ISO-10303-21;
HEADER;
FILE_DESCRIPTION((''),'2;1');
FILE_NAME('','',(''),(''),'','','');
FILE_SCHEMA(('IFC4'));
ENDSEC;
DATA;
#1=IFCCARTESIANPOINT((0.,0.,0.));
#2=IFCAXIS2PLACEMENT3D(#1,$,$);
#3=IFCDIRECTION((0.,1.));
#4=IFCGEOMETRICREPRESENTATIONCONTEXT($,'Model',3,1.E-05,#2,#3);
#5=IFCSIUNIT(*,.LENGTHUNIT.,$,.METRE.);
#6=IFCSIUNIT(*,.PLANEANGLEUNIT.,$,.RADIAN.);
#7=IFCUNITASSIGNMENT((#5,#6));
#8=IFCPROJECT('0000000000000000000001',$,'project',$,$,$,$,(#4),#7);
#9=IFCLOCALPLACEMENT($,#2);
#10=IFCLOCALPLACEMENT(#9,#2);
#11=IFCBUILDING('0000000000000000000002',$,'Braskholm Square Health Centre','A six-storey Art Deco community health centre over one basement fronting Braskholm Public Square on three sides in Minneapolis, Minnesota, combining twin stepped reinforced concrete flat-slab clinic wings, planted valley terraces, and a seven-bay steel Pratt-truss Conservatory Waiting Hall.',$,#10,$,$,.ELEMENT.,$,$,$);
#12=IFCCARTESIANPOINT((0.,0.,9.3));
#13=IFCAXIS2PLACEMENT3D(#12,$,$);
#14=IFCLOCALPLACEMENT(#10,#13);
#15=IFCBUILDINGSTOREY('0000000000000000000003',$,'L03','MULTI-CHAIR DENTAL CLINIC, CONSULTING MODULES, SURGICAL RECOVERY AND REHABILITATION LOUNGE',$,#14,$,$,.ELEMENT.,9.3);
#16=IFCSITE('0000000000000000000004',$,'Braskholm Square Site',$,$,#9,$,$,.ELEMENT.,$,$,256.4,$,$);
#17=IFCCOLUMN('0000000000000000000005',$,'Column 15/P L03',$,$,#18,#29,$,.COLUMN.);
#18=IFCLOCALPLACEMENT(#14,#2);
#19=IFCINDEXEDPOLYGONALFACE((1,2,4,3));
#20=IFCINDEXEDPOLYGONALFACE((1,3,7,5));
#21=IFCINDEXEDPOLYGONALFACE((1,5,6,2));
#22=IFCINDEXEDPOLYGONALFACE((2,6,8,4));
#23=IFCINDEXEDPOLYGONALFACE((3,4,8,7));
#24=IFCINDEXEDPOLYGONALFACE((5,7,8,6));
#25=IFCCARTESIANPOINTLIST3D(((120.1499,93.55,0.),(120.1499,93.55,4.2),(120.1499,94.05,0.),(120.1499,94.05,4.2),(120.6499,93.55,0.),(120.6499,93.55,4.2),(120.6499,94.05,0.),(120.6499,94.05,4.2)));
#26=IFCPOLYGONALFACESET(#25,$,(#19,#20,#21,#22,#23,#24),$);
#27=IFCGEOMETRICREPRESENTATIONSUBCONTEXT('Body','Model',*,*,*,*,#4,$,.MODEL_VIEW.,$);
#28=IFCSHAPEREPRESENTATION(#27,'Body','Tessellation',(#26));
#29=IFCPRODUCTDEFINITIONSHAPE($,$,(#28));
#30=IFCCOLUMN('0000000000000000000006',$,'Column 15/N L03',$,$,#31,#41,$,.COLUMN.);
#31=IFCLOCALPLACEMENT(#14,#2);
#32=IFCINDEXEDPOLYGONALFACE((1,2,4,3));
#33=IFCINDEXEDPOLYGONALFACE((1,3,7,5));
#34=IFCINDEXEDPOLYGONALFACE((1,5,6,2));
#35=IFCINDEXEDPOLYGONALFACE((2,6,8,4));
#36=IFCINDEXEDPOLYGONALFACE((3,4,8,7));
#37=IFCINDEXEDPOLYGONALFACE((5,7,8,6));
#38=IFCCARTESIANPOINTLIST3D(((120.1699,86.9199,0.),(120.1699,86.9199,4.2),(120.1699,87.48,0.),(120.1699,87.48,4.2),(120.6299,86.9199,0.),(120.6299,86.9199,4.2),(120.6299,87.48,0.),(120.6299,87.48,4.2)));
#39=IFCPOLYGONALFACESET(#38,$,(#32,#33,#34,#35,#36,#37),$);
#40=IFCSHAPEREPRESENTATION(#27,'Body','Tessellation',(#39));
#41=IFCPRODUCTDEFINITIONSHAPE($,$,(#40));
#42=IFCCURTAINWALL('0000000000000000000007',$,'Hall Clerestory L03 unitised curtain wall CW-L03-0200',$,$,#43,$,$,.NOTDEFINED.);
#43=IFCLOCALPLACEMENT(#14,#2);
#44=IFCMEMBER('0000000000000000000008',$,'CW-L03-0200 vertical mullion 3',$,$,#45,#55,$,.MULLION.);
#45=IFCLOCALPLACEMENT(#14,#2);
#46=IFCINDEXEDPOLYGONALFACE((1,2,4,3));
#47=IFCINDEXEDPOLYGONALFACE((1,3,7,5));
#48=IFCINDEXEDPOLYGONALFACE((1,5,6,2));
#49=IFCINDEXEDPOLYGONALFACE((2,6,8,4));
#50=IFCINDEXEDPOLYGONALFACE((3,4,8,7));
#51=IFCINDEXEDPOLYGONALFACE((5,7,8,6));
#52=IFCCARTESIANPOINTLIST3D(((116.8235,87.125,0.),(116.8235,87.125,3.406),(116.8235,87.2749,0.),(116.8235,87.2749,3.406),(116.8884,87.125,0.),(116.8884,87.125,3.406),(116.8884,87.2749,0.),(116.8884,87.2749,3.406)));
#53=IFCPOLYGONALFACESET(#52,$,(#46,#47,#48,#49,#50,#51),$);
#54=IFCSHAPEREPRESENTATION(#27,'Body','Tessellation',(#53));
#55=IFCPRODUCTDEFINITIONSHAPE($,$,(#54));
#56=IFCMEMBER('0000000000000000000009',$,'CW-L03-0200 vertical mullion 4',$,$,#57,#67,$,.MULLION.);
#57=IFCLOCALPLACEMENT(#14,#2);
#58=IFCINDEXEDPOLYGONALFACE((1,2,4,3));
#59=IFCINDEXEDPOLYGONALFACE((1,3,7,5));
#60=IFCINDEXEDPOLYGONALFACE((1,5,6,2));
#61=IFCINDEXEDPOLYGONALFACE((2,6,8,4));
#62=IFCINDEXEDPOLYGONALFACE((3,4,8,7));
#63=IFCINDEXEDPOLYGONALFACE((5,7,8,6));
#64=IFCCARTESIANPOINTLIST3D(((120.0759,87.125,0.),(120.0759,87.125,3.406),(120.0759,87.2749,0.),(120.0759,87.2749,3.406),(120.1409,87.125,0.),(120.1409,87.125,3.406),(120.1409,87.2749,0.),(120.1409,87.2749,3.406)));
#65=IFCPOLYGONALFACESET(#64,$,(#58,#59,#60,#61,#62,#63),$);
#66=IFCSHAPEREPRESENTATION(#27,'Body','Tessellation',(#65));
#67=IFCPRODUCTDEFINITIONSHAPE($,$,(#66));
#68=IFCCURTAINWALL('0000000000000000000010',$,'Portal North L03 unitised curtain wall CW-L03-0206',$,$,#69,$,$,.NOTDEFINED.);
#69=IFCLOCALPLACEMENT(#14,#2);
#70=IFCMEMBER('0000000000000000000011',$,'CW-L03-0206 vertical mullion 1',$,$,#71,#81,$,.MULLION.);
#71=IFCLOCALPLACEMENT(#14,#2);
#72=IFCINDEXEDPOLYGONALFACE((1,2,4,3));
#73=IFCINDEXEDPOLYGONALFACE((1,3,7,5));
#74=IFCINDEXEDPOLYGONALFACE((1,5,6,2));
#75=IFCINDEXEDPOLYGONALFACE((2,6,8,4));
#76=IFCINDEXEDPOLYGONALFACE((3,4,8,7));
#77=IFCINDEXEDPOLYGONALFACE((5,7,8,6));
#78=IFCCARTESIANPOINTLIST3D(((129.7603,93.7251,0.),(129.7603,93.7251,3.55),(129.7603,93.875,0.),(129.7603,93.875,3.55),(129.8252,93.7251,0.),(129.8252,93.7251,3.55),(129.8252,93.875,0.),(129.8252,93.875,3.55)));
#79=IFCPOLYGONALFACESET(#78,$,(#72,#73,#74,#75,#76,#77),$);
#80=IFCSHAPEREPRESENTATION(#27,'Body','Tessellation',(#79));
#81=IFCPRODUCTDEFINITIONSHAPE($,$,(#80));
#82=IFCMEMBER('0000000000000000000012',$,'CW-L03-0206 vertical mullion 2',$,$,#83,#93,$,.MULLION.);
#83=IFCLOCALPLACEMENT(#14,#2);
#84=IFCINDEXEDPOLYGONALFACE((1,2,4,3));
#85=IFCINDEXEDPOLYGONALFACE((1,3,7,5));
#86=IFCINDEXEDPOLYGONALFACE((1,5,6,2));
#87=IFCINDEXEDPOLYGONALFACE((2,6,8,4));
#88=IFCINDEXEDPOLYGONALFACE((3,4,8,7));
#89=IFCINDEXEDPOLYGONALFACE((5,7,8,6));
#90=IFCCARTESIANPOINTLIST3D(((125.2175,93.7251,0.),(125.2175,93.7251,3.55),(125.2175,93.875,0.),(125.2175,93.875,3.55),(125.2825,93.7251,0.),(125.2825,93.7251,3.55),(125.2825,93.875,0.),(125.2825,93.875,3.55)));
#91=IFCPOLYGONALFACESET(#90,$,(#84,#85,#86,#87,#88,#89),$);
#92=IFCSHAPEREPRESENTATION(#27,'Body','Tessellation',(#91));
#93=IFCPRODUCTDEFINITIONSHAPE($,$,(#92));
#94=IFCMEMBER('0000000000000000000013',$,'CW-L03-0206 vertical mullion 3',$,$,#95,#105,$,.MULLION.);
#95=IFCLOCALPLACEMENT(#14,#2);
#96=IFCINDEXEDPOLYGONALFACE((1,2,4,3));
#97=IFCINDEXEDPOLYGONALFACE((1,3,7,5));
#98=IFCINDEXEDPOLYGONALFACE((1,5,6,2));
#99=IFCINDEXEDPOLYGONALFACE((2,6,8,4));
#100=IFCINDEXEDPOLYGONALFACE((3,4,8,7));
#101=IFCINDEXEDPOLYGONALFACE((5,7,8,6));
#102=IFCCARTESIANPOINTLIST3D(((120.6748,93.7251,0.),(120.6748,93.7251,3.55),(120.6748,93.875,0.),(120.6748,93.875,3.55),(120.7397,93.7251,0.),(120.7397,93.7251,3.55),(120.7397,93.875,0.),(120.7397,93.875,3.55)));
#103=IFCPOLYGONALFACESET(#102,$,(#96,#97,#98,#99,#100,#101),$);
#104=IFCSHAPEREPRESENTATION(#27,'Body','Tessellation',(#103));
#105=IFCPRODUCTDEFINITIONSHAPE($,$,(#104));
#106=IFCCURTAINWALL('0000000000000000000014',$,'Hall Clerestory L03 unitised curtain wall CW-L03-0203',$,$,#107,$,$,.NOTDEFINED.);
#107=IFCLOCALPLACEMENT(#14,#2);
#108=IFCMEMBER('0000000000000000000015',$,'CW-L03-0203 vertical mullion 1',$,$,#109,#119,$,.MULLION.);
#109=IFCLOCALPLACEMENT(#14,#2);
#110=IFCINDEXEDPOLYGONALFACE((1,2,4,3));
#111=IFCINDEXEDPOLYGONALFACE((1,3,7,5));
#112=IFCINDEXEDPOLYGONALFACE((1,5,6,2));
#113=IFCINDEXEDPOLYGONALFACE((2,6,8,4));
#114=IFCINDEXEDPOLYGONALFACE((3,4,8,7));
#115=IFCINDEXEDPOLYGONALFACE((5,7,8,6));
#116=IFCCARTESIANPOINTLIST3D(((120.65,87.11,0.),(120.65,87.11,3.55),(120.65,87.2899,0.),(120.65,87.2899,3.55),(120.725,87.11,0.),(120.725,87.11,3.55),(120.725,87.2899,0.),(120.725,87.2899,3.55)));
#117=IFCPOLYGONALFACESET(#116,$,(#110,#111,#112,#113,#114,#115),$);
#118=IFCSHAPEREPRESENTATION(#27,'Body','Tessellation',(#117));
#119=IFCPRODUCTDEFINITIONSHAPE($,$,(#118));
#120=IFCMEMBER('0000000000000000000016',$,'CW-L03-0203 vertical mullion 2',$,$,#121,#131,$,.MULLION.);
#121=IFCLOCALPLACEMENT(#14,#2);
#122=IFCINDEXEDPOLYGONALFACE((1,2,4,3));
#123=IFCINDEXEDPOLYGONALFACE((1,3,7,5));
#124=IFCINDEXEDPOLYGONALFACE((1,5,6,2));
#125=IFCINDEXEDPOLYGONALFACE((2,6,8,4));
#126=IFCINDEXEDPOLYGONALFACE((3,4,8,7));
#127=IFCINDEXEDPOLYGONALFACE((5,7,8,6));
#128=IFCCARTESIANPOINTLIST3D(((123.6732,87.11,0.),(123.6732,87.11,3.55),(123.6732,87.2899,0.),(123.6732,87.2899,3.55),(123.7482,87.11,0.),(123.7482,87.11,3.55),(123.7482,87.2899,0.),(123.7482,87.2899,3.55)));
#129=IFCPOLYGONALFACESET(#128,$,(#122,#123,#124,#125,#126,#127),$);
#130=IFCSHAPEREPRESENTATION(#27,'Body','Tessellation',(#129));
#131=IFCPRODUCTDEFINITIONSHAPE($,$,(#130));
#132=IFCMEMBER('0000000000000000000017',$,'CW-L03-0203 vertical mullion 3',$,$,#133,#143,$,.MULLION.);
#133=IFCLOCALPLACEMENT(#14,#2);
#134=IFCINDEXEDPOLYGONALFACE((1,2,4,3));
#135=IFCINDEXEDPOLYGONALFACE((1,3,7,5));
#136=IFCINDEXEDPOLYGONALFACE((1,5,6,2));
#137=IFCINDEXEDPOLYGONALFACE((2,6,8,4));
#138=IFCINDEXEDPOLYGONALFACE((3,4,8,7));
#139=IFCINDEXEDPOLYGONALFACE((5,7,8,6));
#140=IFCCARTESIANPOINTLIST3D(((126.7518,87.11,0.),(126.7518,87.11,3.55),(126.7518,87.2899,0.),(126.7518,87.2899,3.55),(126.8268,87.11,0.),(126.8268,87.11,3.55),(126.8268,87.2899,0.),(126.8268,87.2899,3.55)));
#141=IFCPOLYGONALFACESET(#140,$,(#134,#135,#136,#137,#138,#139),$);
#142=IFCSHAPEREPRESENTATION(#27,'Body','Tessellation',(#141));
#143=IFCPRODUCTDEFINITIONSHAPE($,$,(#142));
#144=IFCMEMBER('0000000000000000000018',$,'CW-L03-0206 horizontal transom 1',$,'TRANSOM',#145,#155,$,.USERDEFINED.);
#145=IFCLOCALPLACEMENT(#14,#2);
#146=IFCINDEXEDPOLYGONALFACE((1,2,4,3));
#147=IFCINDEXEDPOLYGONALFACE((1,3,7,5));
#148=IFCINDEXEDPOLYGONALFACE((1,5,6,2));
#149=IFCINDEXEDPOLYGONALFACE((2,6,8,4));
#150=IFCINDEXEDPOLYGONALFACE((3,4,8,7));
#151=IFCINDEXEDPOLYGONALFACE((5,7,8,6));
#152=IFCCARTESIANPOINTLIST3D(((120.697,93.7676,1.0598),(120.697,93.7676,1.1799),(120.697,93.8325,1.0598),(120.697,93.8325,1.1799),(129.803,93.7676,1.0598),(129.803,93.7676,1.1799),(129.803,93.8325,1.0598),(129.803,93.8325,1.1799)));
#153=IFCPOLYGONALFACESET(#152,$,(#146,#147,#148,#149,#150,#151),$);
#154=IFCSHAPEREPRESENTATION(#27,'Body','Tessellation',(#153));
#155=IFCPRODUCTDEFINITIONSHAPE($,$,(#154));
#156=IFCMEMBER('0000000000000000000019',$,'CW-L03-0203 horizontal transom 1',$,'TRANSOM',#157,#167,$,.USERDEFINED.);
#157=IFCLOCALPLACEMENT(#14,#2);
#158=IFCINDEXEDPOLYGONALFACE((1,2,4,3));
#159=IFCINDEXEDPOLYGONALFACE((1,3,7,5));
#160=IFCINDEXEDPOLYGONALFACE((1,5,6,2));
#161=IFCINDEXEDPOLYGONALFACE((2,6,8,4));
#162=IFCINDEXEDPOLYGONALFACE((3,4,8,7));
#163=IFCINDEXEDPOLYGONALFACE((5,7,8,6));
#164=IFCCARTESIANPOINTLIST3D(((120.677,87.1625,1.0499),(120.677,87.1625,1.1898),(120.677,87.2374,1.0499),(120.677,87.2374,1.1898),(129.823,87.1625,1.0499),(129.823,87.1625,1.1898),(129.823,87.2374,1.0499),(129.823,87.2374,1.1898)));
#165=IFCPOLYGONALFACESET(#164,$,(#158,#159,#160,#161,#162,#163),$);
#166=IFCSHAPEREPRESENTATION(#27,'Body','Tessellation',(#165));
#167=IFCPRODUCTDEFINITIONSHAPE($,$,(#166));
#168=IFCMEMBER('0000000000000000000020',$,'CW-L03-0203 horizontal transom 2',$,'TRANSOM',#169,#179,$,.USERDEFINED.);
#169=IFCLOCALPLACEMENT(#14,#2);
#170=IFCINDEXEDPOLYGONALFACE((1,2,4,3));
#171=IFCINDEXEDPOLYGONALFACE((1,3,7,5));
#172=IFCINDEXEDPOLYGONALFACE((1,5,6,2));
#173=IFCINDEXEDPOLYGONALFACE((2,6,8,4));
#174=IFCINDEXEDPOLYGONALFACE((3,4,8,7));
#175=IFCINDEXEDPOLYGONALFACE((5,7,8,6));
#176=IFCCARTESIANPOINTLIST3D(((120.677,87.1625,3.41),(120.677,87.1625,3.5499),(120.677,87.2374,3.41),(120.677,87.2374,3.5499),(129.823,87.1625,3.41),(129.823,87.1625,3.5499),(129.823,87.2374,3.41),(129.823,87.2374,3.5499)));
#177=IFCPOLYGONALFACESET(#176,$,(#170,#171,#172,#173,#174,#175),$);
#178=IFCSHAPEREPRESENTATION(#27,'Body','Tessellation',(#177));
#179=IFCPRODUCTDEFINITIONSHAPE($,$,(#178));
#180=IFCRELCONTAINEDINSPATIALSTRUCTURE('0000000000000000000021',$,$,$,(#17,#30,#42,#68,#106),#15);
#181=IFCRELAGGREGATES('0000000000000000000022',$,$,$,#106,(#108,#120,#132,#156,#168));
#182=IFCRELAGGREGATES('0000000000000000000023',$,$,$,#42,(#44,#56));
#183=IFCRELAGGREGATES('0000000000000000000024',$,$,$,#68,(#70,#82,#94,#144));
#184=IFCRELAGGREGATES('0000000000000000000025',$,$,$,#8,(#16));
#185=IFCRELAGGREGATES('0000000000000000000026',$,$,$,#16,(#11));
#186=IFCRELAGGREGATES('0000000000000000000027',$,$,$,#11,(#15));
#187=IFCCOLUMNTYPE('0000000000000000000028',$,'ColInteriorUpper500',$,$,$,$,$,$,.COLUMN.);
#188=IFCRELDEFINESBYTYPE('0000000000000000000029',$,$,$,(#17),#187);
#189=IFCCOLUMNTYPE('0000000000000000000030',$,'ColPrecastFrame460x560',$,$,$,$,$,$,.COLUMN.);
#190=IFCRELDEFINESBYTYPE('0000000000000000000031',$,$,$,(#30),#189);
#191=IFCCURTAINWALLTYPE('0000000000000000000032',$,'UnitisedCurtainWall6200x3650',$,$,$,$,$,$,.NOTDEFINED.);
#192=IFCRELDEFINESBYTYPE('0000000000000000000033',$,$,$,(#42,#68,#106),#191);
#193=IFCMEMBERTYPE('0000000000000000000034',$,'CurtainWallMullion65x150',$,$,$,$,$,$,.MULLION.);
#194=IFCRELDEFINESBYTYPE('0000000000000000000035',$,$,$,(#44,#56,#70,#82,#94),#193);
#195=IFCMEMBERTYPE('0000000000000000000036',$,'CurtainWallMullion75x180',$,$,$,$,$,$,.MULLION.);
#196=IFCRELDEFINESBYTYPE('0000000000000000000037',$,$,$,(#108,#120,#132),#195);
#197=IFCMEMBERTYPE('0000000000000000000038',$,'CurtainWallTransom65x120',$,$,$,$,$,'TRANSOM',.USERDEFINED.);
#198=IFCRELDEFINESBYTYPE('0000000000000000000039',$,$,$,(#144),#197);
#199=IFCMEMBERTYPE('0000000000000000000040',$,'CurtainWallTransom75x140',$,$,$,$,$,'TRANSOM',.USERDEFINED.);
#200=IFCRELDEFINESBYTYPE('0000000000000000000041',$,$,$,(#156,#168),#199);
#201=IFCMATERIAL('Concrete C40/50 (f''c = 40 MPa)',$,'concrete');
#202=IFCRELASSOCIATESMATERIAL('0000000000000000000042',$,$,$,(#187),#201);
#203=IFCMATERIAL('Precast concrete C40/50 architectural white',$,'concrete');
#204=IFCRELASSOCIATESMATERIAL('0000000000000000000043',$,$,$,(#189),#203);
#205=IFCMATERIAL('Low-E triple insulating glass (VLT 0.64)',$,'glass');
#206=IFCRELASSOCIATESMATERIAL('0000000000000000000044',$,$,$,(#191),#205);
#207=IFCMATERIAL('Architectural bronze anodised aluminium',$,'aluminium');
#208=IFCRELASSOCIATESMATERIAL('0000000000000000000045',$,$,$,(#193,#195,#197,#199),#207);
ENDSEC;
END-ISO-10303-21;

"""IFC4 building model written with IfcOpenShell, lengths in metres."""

from ifc_helpers import new_model, si_unit, direction, frame, origin, origin_2d, place, context, subcontext, project, spatial, rectangle, extrude, material, material_profile, profile_set, type_object, element, aggregate, save


model = new_model("IFC4")

# Units and contexts
model_context = context("Model", 3, precision=1e-05, world=origin(), true_north=direction((0.0, 1.0)))
body_context = subcontext(model_context, "Body", "Model", "MODEL_VIEW")
ifc_project = project(units=[si_unit("LENGTHUNIT", "METRE"), si_unit("PLANEANGLEUNIT", "RADIAN")], contexts=[model_context])

# Site, building, storey
site_placement = place(None, origin())
site = spatial("IfcSite", under=ifc_project, at=site_placement, Name="Braskholm Square Site", CompositionType="ELEMENT", RefElevation=256.4)
building_placement = place(site_placement, origin())
building = spatial("IfcBuilding", under=site, at=building_placement, Name="Braskholm Square Health Centre", Description="A six-storey Art Deco community health centre over one basement fronting Braskholm Public Square on three sides in Minneapolis, Minnesota, combining twin stepped reinforced concrete flat-slab clinic wings, planted valley terraces, and a seven-bay steel Pratt-truss Conservatory Waiting Hall.", CompositionType="ELEMENT")
storey_placement = place(building_placement, frame((0.0, 0.0, 9.3)))
storey = spatial("IfcBuildingStorey", under=building, at=storey_placement, Name="L03", Description="MULTI-CHAIR DENTAL CLINIC, CONSULTING MODULES, SURGICAL RECOVERY AND REHABILITATION LOUNGE", CompositionType="ELEMENT", Elevation=9.3)

# Columns
ifc_material_1 = material(Name="Concrete C40/50 (f'c = 40 MPa)", Category="concrete")
ifc_material_profile_1 = material_profile(ifc_material_1, rectangle(XDim=0.5, YDim=0.5, at=origin_2d()), Name="RC-500X500")
ifc_profile_set_1 = profile_set([ifc_material_profile_1], Name="Concrete C40/50 (f'c = 40 MPa)")
column_type_1 = type_object("IfcColumnType", Name="ColInteriorUpper500", PredefinedType="COLUMN", material=ifc_profile_set_1)
column_1_placement = place(storey_placement, frame((120.3999, 93.8, 0.0), z_axis=(0.0, 0.0, 1.0), x_axis=(1.0, 0.0, 0.0)))
element("IfcColumn", 1, at=column_1_placement, inside=storey, type_object=column_type_1, Name="Column 15/P L03", PredefinedType="COLUMN", context=body_context, shape_type="SweptSolid", body=[
    extrude(rectangle(XDim=0.5, YDim=0.5, at=origin_2d()), origin(), (0.0, 0.0, 1.0), 4.2),
])
ifc_material_2 = material(Name="Precast concrete C40/50 architectural white", Category="concrete")
ifc_material_profile_2 = material_profile(ifc_material_2, rectangle(XDim=0.46, YDim=0.5601, at=origin_2d()), Name="RC-460X560")
ifc_profile_set_2 = profile_set([ifc_material_profile_2], Name="Precast concrete C40/50 architectural white")
column_type_2 = type_object("IfcColumnType", Name="ColPrecastFrame460x560", PredefinedType="COLUMN", material=ifc_profile_set_2)
column_2_placement = place(storey_placement, frame((120.3999, 87.2, 0.0), z_axis=(0.0, 0.0, 1.0), x_axis=(1.0, 0.0, 0.0)))
element("IfcColumn", 2, at=column_2_placement, inside=storey, type_object=column_type_2, Name="Column 15/N L03", PredefinedType="COLUMN", context=body_context, shape_type="SweptSolid", body=[
    extrude(rectangle(XDim=0.46, YDim=0.5601, at=origin_2d()), origin(), (0.0, 0.0, 1.0), 4.2),
])

# Curtain walls, members
ifc_material_3 = material(Name="Low-E triple insulating glass (VLT 0.64)", Category="glass")
curtain_wall_type = type_object("IfcCurtainWallType", Name="UnitisedCurtainWall6200x3650", PredefinedType="NOTDEFINED", material=ifc_material_3)
curtain_wall_1_placement = place(storey_placement, origin())
curtain_wall_1 = element("IfcCurtainWall", 3, at=curtain_wall_1_placement, inside=storey, type_object=curtain_wall_type, Name="Hall Clerestory L03 unitised curtain wall CW-L03-0200", PredefinedType="NOTDEFINED")
ifc_material_4 = material(Name="Architectural bronze anodised aluminium", Category="aluminium")
ifc_material_profile_3 = material_profile(ifc_material_4, rectangle(XDim=0.0649, YDim=0.1499, at=origin_2d()), Name="ALU-65X150")
ifc_profile_set_3 = profile_set([ifc_material_profile_3], Name="Architectural bronze anodised aluminium")
member_type_1 = type_object("IfcMemberType", Name="CurtainWallMullion65x150", PredefinedType="MULLION", material=ifc_profile_set_3)
member_1_placement = place(storey_placement, frame((116.856, 87.2, 0.0), z_axis=(0.0, 0.0, 1.0), x_axis=(1.0, 0.0, 0.0)))
member_1 = element("IfcMember", 4, at=member_1_placement, type_object=member_type_1, Name="CW-L03-0200 vertical mullion 3", PredefinedType="MULLION", context=body_context, shape_type="SweptSolid", body=[
    extrude(rectangle(XDim=0.0649, YDim=0.1499, at=origin_2d()), origin(), (0.0, 0.0, 1.0), 3.406),
])
member_2_placement = place(storey_placement, frame((120.1084, 87.2, 0.0), z_axis=(0.0, 0.0, 1.0), x_axis=(1.0, 0.0, 0.0)))
member_2 = element("IfcMember", 5, at=member_2_placement, type_object=member_type_1, Name="CW-L03-0200 vertical mullion 4", PredefinedType="MULLION", context=body_context, shape_type="SweptSolid", body=[
    extrude(rectangle(XDim=0.0649, YDim=0.1499, at=origin_2d()), origin(), (0.0, 0.0, 1.0), 3.406),
])
curtain_wall_2_placement = place(storey_placement, origin())
curtain_wall_2 = element("IfcCurtainWall", 6, at=curtain_wall_2_placement, inside=storey, type_object=curtain_wall_type, Name="Portal North L03 unitised curtain wall CW-L03-0206", PredefinedType="NOTDEFINED")
member_3_placement = place(storey_placement, frame((129.7927, 93.8, 0.0), z_axis=(0.0, 0.0, 1.0), x_axis=(1.0, 0.0, 0.0)))
member_3 = element("IfcMember", 7, at=member_3_placement, type_object=member_type_1, Name="CW-L03-0206 vertical mullion 1", PredefinedType="MULLION", context=body_context, shape_type="SweptSolid", body=[
    extrude(rectangle(XDim=0.0649, YDim=0.1499, at=origin_2d()), origin(), (0.0, 0.0, 1.0), 3.55),
])
member_4_placement = place(storey_placement, frame((125.25, 93.8, 0.0), z_axis=(0.0, 0.0, 1.0), x_axis=(1.0, 0.0, 0.0)))
member_4 = element("IfcMember", 8, at=member_4_placement, type_object=member_type_1, Name="CW-L03-0206 vertical mullion 2", PredefinedType="MULLION", context=body_context, shape_type="SweptSolid", body=[
    extrude(rectangle(XDim=0.0649, YDim=0.1499, at=origin_2d()), origin(), (0.0, 0.0, 1.0), 3.55),
])
member_5_placement = place(storey_placement, frame((120.7073, 93.8, 0.0), z_axis=(0.0, 0.0, 1.0), x_axis=(1.0, 0.0, 0.0)))
member_5 = element("IfcMember", 9, at=member_5_placement, type_object=member_type_1, Name="CW-L03-0206 vertical mullion 3", PredefinedType="MULLION", context=body_context, shape_type="SweptSolid", body=[
    extrude(rectangle(XDim=0.0649, YDim=0.1499, at=origin_2d()), origin(), (0.0, 0.0, 1.0), 3.55),
])
curtain_wall_3_placement = place(storey_placement, origin())
curtain_wall_3 = element("IfcCurtainWall", 10, at=curtain_wall_3_placement, inside=storey, type_object=curtain_wall_type, Name="Hall Clerestory L03 unitised curtain wall CW-L03-0203", PredefinedType="NOTDEFINED")
ifc_material_profile_4 = material_profile(ifc_material_4, rectangle(XDim=0.075, YDim=0.1799, at=origin_2d()), Name="ALU-75X180")
ifc_profile_set_4 = profile_set([ifc_material_profile_4], Name="Architectural bronze anodised aluminium")
member_type_2 = type_object("IfcMemberType", Name="CurtainWallMullion75x180", PredefinedType="MULLION", material=ifc_profile_set_4)
member_6_placement = place(storey_placement, frame((120.6875, 87.2, 0.0), z_axis=(0.0, 0.0, 1.0), x_axis=(1.0, 0.0, 0.0)))
member_6 = element("IfcMember", 11, at=member_6_placement, type_object=member_type_2, Name="CW-L03-0203 vertical mullion 1", PredefinedType="MULLION", context=body_context, shape_type="SweptSolid", body=[
    extrude(rectangle(XDim=0.075, YDim=0.1799, at=origin_2d()), origin(), (0.0, 0.0, 1.0), 3.55),
])
member_7_placement = place(storey_placement, frame((123.7107, 87.2, 0.0), z_axis=(0.0, 0.0, 1.0), x_axis=(1.0, 0.0, 0.0)))
member_7 = element("IfcMember", 12, at=member_7_placement, type_object=member_type_2, Name="CW-L03-0203 vertical mullion 2", PredefinedType="MULLION", context=body_context, shape_type="SweptSolid", body=[
    extrude(rectangle(XDim=0.075, YDim=0.1799, at=origin_2d()), origin(), (0.0, 0.0, 1.0), 3.55),
])
member_8_placement = place(storey_placement, frame((126.7893, 87.2, 0.0), z_axis=(0.0, 0.0, 1.0), x_axis=(1.0, 0.0, 0.0)))
member_8 = element("IfcMember", 13, at=member_8_placement, type_object=member_type_2, Name="CW-L03-0203 vertical mullion 3", PredefinedType="MULLION", context=body_context, shape_type="SweptSolid", body=[
    extrude(rectangle(XDim=0.075, YDim=0.1799, at=origin_2d()), origin(), (0.0, 0.0, 1.0), 3.55),
])

# Members
ifc_material_profile_5 = material_profile(ifc_material_4, rectangle(XDim=0.0649, YDim=0.1201, at=origin_2d()), Name="ALU-65X120")
ifc_profile_set_5 = profile_set([ifc_material_profile_5], Name="Architectural bronze anodised aluminium")
member_type_3 = type_object("IfcMemberType", Name="CurtainWallTransom65x120", ElementType="TRANSOM", PredefinedType="USERDEFINED", material=ifc_profile_set_5)
member_9_placement = place(storey_placement, frame((129.803, 93.8, 1.1199), z_axis=(-1.0, 0.0, 0.0), x_axis=(0.0, -1.0, 0.0)))
member_9 = element("IfcMember", 14, at=member_9_placement, type_object=member_type_3, Name="CW-L03-0206 horizontal transom 1", ObjectType="TRANSOM", PredefinedType="USERDEFINED", context=body_context, shape_type="SweptSolid", body=[
    extrude(rectangle(XDim=0.0649, YDim=0.1201, at=origin_2d()), origin(), (0.0, 0.0, 1.0), 9.106),
])
ifc_material_profile_6 = material_profile(ifc_material_4, rectangle(XDim=0.075, YDim=0.1399, at=origin_2d()), Name="ALU-75X140")
ifc_profile_set_6 = profile_set([ifc_material_profile_6], Name="Architectural bronze anodised aluminium")
member_type_4 = type_object("IfcMemberType", Name="CurtainWallTransom75x140", ElementType="TRANSOM", PredefinedType="USERDEFINED", material=ifc_profile_set_6)
member_10_placement = place(storey_placement, frame((120.677, 87.2, 1.1199), z_axis=(1.0, 0.0, 0.0), x_axis=(0.0, 1.0, 0.0)))
member_10 = element("IfcMember", 15, at=member_10_placement, type_object=member_type_4, Name="CW-L03-0203 horizontal transom 1", ObjectType="TRANSOM", PredefinedType="USERDEFINED", context=body_context, shape_type="SweptSolid", body=[
    extrude(rectangle(XDim=0.075, YDim=0.1399, at=origin_2d()), origin(), (0.0, 0.0, 1.0), 9.146),
])
member_11_placement = place(storey_placement, frame((120.677, 87.2, 3.48), z_axis=(1.0, 0.0, 0.0), x_axis=(0.0, 1.0, 0.0)))
member_11 = element("IfcMember", 16, at=member_11_placement, type_object=member_type_4, Name="CW-L03-0203 horizontal transom 2", ObjectType="TRANSOM", PredefinedType="USERDEFINED", context=body_context, shape_type="SweptSolid", body=[
    extrude(rectangle(XDim=0.075, YDim=0.1399, at=origin_2d()), origin(), (0.0, 0.0, 1.0), 9.146),
])

aggregate(curtain_wall_3, [member_6, member_7, member_8, member_10, member_11])
aggregate(curtain_wall_1, [member_1, member_2])
aggregate(curtain_wall_2, [member_3, member_4, member_5, member_9])

save(model, "model.ifc")
